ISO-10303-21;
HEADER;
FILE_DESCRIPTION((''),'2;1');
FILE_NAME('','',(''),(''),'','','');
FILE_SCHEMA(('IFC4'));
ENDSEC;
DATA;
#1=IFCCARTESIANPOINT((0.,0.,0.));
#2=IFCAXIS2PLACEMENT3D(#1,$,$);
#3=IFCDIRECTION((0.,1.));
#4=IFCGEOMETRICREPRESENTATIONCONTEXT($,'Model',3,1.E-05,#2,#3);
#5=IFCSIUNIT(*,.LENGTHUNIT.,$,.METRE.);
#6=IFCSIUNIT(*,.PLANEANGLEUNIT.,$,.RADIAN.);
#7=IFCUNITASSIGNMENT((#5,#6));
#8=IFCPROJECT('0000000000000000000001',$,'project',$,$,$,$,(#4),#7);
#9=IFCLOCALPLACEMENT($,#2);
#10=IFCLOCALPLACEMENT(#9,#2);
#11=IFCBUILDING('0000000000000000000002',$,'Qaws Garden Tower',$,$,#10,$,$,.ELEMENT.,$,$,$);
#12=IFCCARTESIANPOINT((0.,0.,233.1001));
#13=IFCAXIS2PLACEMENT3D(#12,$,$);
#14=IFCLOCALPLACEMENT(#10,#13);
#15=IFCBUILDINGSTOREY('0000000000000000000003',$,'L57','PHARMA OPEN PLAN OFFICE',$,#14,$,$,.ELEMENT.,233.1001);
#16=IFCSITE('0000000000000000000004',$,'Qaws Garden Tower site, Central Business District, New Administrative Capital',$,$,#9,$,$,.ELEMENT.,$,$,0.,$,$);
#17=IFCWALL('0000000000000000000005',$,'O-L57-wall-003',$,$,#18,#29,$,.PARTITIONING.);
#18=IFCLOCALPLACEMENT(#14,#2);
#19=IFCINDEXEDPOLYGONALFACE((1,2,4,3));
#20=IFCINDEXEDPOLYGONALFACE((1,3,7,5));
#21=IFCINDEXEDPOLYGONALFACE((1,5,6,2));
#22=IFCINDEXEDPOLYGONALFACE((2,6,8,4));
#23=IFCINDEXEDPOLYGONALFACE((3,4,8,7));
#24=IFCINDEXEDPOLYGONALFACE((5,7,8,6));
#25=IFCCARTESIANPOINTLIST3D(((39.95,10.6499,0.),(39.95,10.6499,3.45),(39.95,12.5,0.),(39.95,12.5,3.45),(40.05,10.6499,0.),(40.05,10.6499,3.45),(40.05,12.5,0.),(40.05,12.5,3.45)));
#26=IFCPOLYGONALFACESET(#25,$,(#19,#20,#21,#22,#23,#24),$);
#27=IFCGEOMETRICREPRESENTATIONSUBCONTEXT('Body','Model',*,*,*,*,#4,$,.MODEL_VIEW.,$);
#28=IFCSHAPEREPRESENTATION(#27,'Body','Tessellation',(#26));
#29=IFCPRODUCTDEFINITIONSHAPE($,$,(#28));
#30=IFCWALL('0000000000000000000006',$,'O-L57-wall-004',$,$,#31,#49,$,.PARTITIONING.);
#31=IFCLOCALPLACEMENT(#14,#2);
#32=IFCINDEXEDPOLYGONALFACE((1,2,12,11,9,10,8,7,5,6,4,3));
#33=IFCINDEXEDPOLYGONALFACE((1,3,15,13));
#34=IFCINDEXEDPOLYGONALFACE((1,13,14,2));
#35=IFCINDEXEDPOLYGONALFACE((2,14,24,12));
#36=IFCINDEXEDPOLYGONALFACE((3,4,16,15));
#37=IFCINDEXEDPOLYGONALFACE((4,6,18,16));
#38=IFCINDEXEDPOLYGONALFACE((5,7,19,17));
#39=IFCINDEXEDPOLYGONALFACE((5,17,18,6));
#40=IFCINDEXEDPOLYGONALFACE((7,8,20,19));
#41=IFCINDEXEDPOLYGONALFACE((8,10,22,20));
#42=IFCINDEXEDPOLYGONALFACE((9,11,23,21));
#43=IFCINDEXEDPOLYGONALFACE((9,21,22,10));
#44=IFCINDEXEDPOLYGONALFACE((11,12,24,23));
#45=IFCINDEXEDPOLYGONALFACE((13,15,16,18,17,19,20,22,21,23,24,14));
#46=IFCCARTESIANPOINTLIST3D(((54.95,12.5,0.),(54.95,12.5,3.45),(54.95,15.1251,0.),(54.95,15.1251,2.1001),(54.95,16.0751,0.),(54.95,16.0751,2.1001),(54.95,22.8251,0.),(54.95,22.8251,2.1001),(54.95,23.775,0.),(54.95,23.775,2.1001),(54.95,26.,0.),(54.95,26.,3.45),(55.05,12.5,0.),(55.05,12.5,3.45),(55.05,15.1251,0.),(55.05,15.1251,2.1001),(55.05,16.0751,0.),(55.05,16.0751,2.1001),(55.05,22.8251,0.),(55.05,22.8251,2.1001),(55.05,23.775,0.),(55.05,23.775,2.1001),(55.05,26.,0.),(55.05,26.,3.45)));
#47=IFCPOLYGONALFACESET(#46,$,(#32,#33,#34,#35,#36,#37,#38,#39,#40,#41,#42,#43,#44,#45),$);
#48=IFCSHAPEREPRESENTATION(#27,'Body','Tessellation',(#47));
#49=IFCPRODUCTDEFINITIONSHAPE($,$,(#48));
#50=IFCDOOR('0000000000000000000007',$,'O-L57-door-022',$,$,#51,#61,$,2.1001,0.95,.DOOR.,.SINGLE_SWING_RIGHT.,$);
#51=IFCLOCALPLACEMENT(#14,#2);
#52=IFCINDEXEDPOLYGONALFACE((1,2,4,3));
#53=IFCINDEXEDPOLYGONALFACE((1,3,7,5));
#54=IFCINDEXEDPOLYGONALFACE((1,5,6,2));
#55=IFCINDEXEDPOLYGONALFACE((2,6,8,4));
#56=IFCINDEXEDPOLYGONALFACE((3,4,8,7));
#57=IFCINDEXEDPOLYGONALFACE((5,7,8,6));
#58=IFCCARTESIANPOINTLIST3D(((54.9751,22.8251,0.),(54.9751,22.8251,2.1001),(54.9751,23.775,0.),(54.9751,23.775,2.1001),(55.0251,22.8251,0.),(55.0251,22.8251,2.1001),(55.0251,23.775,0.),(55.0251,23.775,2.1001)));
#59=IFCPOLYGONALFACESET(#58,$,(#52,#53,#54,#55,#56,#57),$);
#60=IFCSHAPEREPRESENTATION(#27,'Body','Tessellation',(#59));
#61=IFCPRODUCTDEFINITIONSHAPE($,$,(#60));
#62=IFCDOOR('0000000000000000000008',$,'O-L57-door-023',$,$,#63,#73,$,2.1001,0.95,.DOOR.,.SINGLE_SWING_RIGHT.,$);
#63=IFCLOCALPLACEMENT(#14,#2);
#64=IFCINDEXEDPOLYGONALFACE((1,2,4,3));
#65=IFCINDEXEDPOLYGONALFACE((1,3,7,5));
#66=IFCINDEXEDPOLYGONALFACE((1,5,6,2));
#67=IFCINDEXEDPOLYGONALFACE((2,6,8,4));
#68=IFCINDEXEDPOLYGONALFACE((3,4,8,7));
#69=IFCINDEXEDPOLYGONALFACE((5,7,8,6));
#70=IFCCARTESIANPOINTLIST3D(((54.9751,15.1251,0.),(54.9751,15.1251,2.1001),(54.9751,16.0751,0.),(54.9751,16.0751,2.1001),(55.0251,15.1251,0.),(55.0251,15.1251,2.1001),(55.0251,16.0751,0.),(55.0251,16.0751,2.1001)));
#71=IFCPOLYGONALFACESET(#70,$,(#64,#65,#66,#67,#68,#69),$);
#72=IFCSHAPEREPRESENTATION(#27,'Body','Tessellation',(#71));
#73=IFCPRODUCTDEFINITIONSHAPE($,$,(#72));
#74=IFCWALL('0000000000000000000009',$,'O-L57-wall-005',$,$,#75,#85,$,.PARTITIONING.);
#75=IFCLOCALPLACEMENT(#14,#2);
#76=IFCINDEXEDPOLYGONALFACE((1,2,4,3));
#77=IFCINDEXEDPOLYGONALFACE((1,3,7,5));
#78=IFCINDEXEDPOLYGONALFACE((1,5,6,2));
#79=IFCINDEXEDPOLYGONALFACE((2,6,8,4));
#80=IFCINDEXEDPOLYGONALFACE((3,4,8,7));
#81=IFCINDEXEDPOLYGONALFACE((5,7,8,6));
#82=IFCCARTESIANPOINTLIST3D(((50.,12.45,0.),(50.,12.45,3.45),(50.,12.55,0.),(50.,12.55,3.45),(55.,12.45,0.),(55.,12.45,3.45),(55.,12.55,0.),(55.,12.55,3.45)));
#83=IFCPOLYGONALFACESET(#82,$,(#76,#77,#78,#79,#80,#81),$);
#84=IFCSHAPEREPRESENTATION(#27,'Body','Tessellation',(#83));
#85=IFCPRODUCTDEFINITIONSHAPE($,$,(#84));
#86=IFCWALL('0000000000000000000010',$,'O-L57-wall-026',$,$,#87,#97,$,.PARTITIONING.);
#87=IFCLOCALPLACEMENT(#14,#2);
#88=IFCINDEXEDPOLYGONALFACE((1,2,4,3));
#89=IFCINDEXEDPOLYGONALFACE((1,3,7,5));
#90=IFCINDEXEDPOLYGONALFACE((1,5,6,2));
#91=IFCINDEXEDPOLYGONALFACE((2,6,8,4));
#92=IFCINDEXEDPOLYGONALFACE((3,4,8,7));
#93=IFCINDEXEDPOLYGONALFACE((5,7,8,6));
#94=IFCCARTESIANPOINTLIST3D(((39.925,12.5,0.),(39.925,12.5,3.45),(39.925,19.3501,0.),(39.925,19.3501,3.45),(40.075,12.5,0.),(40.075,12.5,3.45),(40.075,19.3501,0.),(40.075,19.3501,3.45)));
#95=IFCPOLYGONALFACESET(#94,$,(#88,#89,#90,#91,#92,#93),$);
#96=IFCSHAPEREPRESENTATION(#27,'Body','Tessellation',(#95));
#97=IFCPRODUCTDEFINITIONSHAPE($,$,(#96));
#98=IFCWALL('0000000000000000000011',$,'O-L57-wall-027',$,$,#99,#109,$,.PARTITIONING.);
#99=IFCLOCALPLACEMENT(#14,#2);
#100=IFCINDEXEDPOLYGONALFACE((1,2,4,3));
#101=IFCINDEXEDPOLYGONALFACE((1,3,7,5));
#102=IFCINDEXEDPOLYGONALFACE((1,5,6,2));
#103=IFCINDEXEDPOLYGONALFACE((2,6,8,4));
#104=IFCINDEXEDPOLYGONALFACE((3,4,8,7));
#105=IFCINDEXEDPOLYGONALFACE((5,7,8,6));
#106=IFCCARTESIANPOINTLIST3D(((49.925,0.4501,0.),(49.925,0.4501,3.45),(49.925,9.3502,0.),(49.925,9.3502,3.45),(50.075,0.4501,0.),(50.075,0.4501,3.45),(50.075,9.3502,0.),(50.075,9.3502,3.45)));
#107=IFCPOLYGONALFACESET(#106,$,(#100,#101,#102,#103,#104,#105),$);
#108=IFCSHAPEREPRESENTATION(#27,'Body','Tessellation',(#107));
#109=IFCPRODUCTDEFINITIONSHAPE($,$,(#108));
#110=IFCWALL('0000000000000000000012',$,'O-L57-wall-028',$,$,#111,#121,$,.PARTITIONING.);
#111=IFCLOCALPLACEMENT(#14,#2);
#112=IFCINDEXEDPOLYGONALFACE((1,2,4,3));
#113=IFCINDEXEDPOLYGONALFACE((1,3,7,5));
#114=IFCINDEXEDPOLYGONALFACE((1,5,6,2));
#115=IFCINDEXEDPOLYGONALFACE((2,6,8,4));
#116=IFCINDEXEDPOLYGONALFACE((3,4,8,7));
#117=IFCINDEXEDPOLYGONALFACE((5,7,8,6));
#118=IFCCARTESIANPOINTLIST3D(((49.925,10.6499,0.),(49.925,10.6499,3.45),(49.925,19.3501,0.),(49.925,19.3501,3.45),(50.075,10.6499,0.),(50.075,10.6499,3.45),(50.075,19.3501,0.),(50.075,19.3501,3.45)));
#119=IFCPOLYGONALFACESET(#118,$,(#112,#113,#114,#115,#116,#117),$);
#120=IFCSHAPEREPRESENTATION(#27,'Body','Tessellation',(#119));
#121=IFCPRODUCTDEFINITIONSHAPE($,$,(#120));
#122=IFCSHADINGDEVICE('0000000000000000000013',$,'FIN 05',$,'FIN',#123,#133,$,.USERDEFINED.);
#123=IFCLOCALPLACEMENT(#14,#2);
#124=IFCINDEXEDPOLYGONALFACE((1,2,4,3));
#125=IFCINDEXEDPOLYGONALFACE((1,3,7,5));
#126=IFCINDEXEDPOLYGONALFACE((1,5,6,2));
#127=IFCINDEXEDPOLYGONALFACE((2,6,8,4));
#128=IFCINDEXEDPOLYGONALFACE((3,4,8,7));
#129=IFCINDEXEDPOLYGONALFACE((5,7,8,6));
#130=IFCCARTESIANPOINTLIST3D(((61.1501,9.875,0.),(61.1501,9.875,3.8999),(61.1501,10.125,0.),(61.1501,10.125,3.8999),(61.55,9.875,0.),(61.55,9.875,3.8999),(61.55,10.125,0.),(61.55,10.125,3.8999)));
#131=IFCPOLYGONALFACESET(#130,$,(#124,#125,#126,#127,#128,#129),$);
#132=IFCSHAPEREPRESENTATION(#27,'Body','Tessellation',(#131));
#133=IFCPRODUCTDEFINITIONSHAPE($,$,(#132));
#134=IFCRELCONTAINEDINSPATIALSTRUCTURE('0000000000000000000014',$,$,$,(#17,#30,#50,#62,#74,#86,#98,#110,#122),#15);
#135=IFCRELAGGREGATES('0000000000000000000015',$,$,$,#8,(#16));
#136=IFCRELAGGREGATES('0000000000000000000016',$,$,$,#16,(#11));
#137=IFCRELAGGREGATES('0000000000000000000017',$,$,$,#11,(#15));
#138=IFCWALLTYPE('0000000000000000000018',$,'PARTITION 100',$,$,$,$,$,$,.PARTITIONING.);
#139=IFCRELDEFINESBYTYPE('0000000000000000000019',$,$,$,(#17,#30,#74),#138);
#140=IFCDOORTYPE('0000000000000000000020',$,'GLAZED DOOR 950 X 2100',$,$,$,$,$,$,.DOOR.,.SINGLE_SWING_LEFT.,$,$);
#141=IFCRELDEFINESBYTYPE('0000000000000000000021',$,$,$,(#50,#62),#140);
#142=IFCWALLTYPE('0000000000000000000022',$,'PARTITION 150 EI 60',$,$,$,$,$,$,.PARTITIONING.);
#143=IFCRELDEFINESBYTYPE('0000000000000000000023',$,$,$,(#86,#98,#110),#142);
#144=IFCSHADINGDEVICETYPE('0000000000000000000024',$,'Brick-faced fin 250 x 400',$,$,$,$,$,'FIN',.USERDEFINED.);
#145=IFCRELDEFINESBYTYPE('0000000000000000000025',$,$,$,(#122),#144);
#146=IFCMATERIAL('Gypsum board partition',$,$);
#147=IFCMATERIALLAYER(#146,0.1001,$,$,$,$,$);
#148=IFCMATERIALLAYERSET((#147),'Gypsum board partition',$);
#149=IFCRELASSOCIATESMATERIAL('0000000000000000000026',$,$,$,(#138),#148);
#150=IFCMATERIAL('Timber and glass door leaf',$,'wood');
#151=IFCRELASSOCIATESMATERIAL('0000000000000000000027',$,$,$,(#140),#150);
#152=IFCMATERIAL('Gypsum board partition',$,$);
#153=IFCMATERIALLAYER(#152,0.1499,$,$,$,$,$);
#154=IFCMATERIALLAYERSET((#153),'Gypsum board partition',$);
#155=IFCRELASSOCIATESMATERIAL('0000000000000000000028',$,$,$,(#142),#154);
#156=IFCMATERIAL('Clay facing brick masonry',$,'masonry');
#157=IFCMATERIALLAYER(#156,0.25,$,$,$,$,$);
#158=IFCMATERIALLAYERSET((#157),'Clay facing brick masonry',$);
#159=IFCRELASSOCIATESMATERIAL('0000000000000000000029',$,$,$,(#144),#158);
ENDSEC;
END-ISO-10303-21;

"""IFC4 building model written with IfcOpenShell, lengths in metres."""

from ifc_helpers import new_model, si_unit, direction, frame, frame_2d, origin, origin_2d, place, context, subcontext, project, spatial, rectangle, extrude, material, layer, layer_set, type_object, element, fill, save


model = new_model("IFC4")

# Units and contexts
model_context = context("Model", 3, precision=1e-05, world=origin(), true_north=direction((0.0, 1.0)))
body_context = subcontext(model_context, "Body", "Model", "MODEL_VIEW")
ifc_project = project(units=[si_unit("LENGTHUNIT", "METRE"), si_unit("PLANEANGLEUNIT", "RADIAN")], contexts=[model_context])

# Site, building, storey
site_placement = place(None, origin())
site = spatial("IfcSite", under=ifc_project, at=site_placement, Name="Qaws Garden Tower site, Central Business District, New Administrative Capital", CompositionType="ELEMENT", RefElevation=0.0)
building_placement = place(site_placement, origin())
building = spatial("IfcBuilding", under=site, at=building_placement, Name="Qaws Garden Tower", CompositionType="ELEMENT")
storey_placement = place(building_placement, frame((0.0, 0.0, 233.1001)))
storey = spatial("IfcBuildingStorey", under=building, at=storey_placement, Name="L57", Description="PHARMA OPEN PLAN OFFICE", CompositionType="ELEMENT", Elevation=233.1001)

# Wall
ifc_material_1 = material(Name="Gypsum board partition")
ifc_layer_1 = layer(ifc_material_1, 0.1001)
ifc_layer_set_1 = layer_set([ifc_layer_1], Name="Gypsum board partition")
wall_type_1 = type_object("IfcWallType", Name="PARTITION 100", PredefinedType="PARTITIONING", material=ifc_layer_set_1)
wall_1_placement = place(storey_placement, frame((40.0, 10.6499, 0.0), z_axis=(0.0, 0.0, 1.0), x_axis=(0.0, 1.0, 0.0)))
element("IfcWall", 1, at=wall_1_placement, inside=storey, type_object=wall_type_1, Name="O-L57-wall-003", PredefinedType="PARTITIONING", context=body_context, shape_type="SweptSolid", body=[
    extrude(rectangle(XDim=1.8501, YDim=0.1001, at=frame_2d((0.925, 0.0))), origin(), (0.0, 0.0, 1.0), 3.45),
])

# Wall, openings, doors
wall_2_placement = place(storey_placement, frame((55.0, 12.5, 0.0), z_axis=(0.0, 0.0, 1.0), x_axis=(0.0, 1.0, 0.0)))
wall_2 = element("IfcWall", 2, at=wall_2_placement, inside=storey, type_object=wall_type_1, Name="O-L57-wall-004", PredefinedType="PARTITIONING", context=body_context, shape_type="SweptSolid", body=[
    extrude(rectangle(XDim=13.5, YDim=0.1001, at=frame_2d((6.75, 0.0))), origin(), (0.0, 0.0, 1.0), 3.45),
])
opening_1_placement = place(wall_2_placement, frame((10.325, 0.0, 0.0)))
opening_1 = element("IfcOpeningElement", 3, at=opening_1_placement, cuts=wall_2, PredefinedType="OPENING", context=body_context, shape_type="SweptSolid", body=[
    extrude(rectangle(XDim=0.95, YDim=2.1001, at=frame_2d((0.4751, 1.05))), frame((0.0, 0.0601, 0.0), z_axis=(0.0, -1.0, 0.0), x_axis=(1.0, 0.0, 0.0)), (0.0, 0.0, 1.0), 0.1201),
])
opening_2_placement = place(wall_2_placement, frame((2.625, 0.0, 0.0)))
opening_2 = element("IfcOpeningElement", 4, at=opening_2_placement, cuts=wall_2, PredefinedType="OPENING", context=body_context, shape_type="SweptSolid", body=[
    extrude(rectangle(XDim=0.95, YDim=2.1001, at=frame_2d((0.4751, 1.05))), frame((0.0, 0.0601, 0.0), z_axis=(0.0, -1.0, 0.0), x_axis=(1.0, 0.0, 0.0)), (0.0, 0.0, 1.0), 0.1201),
])
ifc_material_2 = material(Name="Timber and glass door leaf", Category="wood")
door_type = type_object("IfcDoorType", Name="GLAZED DOOR 950 X 2100", OperationType="SINGLE_SWING_LEFT", PredefinedType="DOOR", material=ifc_material_2)
door_1_placement = place(opening_1_placement, origin())
door_1 = element("IfcDoor", 5, at=door_1_placement, inside=storey, type_object=door_type, Name="O-L57-door-022", OperationType="SINGLE_SWING_RIGHT", OverallHeight=2.1001, OverallWidth=0.95, PredefinedType="DOOR", context=body_context, shape_type="SweptSolid", body=[
    extrude(rectangle(XDim=0.95, YDim=2.1001, at=frame_2d((0.4751, 1.05))), frame((0.0, 0.0249, 0.0), z_axis=(0.0, -1.0, 0.0), x_axis=(1.0, 0.0, 0.0)), (0.0, 0.0, 1.0), 0.05),
])
fill(opening_1, door_1)
door_2_placement = place(opening_2_placement, origin())
door_2 = element("IfcDoor", 6, at=door_2_placement, inside=storey, type_object=door_type, Name="O-L57-door-023", OperationType="SINGLE_SWING_RIGHT", OverallHeight=2.1001, OverallWidth=0.95, PredefinedType="DOOR", context=body_context, shape_type="SweptSolid", body=[
    extrude(rectangle(XDim=0.95, YDim=2.1001, at=frame_2d((0.4751, 1.05))), frame((0.0, 0.0249, 0.0), z_axis=(0.0, -1.0, 0.0), x_axis=(1.0, 0.0, 0.0)), (0.0, 0.0, 1.0), 0.05),
])
fill(opening_2, door_2)

# Walls
wall_3_placement = place(storey_placement, frame((50.0, 12.5, 0.0), z_axis=(0.0, 0.0, 1.0), x_axis=(1.0, 0.0, 0.0)))
element("IfcWall", 7, at=wall_3_placement, inside=storey, type_object=wall_type_1, Name="O-L57-wall-005", PredefinedType="PARTITIONING", context=body_context, shape_type="SweptSolid", body=[
    extrude(rectangle(XDim=5.0, YDim=0.1001, at=frame_2d((2.5, 0.0))), origin(), (0.0, 0.0, 1.0), 3.45),
])
ifc_material_3 = material(Name="Gypsum board partition")
ifc_layer_2 = layer(ifc_material_3, 0.1499)
ifc_layer_set_2 = layer_set([ifc_layer_2], Name="Gypsum board partition")
wall_type_2 = type_object("IfcWallType", Name="PARTITION 150 EI 60", PredefinedType="PARTITIONING", material=ifc_layer_set_2)
wall_4_placement = place(storey_placement, frame((40.0, 12.5, 0.0), z_axis=(0.0, 0.0, 1.0), x_axis=(0.0, 1.0, 0.0)))
element("IfcWall", 8, at=wall_4_placement, inside=storey, type_object=wall_type_2, Name="O-L57-wall-026", PredefinedType="PARTITIONING", context=body_context, shape_type="SweptSolid", body=[
    extrude(rectangle(XDim=6.8501, YDim=0.1499, at=frame_2d((3.425, 0.0))), origin(), (0.0, 0.0, 1.0), 3.45),
])
wall_5_placement = place(storey_placement, frame((50.0, 0.45, 0.0), z_axis=(0.0, 0.0, 1.0), x_axis=(0.0, 1.0, 0.0)))
element("IfcWall", 9, at=wall_5_placement, inside=storey, type_object=wall_type_2, Name="O-L57-wall-027", PredefinedType="PARTITIONING", context=body_context, shape_type="SweptSolid", body=[
    extrude(rectangle(XDim=8.9001, YDim=0.1499, at=frame_2d((4.4502, 0.0))), origin(), (0.0, 0.0, 1.0), 3.45),
])
wall_6_placement = place(storey_placement, frame((50.0, 10.6499, 0.0), z_axis=(0.0, 0.0, 1.0), x_axis=(0.0, 1.0, 0.0)))
element("IfcWall", 10, at=wall_6_placement, inside=storey, type_object=wall_type_2, Name="O-L57-wall-028", PredefinedType="PARTITIONING", context=body_context, shape_type="SweptSolid", body=[
    extrude(rectangle(XDim=8.7002, YDim=0.1499, at=frame_2d((4.3501, 0.0))), origin(), (0.0, 0.0, 1.0), 3.45),
])

# Shading device
ifc_material_4 = material(Name="Clay facing brick masonry", Category="masonry")
ifc_layer_3 = layer(ifc_material_4, 0.25)
ifc_layer_set_3 = layer_set([ifc_layer_3], Name="Clay facing brick masonry")
shading_device_type = type_object("IfcShadingDeviceType", Name="Brick-faced fin 250 x 400", ElementType="FIN", PredefinedType="USERDEFINED", material=ifc_layer_set_3)
shading_device_placement = place(storey_placement, frame((61.3501, 10.0, 0.0), z_axis=(0.0, 0.0, 1.0), x_axis=(0.0, 1.0, 0.0)))
element("IfcShadingDevice", 11, at=shading_device_placement, inside=storey, type_object=shading_device_type, Name="FIN 05", ObjectType="FIN", PredefinedType="USERDEFINED", context=body_context, shape_type="SweptSolid", body=[
    extrude(rectangle(XDim=0.25, YDim=0.3999, at=origin_2d()), origin(), (0.0, 0.0, 1.0), 3.8999),
])

save(model, "model.ifc")
